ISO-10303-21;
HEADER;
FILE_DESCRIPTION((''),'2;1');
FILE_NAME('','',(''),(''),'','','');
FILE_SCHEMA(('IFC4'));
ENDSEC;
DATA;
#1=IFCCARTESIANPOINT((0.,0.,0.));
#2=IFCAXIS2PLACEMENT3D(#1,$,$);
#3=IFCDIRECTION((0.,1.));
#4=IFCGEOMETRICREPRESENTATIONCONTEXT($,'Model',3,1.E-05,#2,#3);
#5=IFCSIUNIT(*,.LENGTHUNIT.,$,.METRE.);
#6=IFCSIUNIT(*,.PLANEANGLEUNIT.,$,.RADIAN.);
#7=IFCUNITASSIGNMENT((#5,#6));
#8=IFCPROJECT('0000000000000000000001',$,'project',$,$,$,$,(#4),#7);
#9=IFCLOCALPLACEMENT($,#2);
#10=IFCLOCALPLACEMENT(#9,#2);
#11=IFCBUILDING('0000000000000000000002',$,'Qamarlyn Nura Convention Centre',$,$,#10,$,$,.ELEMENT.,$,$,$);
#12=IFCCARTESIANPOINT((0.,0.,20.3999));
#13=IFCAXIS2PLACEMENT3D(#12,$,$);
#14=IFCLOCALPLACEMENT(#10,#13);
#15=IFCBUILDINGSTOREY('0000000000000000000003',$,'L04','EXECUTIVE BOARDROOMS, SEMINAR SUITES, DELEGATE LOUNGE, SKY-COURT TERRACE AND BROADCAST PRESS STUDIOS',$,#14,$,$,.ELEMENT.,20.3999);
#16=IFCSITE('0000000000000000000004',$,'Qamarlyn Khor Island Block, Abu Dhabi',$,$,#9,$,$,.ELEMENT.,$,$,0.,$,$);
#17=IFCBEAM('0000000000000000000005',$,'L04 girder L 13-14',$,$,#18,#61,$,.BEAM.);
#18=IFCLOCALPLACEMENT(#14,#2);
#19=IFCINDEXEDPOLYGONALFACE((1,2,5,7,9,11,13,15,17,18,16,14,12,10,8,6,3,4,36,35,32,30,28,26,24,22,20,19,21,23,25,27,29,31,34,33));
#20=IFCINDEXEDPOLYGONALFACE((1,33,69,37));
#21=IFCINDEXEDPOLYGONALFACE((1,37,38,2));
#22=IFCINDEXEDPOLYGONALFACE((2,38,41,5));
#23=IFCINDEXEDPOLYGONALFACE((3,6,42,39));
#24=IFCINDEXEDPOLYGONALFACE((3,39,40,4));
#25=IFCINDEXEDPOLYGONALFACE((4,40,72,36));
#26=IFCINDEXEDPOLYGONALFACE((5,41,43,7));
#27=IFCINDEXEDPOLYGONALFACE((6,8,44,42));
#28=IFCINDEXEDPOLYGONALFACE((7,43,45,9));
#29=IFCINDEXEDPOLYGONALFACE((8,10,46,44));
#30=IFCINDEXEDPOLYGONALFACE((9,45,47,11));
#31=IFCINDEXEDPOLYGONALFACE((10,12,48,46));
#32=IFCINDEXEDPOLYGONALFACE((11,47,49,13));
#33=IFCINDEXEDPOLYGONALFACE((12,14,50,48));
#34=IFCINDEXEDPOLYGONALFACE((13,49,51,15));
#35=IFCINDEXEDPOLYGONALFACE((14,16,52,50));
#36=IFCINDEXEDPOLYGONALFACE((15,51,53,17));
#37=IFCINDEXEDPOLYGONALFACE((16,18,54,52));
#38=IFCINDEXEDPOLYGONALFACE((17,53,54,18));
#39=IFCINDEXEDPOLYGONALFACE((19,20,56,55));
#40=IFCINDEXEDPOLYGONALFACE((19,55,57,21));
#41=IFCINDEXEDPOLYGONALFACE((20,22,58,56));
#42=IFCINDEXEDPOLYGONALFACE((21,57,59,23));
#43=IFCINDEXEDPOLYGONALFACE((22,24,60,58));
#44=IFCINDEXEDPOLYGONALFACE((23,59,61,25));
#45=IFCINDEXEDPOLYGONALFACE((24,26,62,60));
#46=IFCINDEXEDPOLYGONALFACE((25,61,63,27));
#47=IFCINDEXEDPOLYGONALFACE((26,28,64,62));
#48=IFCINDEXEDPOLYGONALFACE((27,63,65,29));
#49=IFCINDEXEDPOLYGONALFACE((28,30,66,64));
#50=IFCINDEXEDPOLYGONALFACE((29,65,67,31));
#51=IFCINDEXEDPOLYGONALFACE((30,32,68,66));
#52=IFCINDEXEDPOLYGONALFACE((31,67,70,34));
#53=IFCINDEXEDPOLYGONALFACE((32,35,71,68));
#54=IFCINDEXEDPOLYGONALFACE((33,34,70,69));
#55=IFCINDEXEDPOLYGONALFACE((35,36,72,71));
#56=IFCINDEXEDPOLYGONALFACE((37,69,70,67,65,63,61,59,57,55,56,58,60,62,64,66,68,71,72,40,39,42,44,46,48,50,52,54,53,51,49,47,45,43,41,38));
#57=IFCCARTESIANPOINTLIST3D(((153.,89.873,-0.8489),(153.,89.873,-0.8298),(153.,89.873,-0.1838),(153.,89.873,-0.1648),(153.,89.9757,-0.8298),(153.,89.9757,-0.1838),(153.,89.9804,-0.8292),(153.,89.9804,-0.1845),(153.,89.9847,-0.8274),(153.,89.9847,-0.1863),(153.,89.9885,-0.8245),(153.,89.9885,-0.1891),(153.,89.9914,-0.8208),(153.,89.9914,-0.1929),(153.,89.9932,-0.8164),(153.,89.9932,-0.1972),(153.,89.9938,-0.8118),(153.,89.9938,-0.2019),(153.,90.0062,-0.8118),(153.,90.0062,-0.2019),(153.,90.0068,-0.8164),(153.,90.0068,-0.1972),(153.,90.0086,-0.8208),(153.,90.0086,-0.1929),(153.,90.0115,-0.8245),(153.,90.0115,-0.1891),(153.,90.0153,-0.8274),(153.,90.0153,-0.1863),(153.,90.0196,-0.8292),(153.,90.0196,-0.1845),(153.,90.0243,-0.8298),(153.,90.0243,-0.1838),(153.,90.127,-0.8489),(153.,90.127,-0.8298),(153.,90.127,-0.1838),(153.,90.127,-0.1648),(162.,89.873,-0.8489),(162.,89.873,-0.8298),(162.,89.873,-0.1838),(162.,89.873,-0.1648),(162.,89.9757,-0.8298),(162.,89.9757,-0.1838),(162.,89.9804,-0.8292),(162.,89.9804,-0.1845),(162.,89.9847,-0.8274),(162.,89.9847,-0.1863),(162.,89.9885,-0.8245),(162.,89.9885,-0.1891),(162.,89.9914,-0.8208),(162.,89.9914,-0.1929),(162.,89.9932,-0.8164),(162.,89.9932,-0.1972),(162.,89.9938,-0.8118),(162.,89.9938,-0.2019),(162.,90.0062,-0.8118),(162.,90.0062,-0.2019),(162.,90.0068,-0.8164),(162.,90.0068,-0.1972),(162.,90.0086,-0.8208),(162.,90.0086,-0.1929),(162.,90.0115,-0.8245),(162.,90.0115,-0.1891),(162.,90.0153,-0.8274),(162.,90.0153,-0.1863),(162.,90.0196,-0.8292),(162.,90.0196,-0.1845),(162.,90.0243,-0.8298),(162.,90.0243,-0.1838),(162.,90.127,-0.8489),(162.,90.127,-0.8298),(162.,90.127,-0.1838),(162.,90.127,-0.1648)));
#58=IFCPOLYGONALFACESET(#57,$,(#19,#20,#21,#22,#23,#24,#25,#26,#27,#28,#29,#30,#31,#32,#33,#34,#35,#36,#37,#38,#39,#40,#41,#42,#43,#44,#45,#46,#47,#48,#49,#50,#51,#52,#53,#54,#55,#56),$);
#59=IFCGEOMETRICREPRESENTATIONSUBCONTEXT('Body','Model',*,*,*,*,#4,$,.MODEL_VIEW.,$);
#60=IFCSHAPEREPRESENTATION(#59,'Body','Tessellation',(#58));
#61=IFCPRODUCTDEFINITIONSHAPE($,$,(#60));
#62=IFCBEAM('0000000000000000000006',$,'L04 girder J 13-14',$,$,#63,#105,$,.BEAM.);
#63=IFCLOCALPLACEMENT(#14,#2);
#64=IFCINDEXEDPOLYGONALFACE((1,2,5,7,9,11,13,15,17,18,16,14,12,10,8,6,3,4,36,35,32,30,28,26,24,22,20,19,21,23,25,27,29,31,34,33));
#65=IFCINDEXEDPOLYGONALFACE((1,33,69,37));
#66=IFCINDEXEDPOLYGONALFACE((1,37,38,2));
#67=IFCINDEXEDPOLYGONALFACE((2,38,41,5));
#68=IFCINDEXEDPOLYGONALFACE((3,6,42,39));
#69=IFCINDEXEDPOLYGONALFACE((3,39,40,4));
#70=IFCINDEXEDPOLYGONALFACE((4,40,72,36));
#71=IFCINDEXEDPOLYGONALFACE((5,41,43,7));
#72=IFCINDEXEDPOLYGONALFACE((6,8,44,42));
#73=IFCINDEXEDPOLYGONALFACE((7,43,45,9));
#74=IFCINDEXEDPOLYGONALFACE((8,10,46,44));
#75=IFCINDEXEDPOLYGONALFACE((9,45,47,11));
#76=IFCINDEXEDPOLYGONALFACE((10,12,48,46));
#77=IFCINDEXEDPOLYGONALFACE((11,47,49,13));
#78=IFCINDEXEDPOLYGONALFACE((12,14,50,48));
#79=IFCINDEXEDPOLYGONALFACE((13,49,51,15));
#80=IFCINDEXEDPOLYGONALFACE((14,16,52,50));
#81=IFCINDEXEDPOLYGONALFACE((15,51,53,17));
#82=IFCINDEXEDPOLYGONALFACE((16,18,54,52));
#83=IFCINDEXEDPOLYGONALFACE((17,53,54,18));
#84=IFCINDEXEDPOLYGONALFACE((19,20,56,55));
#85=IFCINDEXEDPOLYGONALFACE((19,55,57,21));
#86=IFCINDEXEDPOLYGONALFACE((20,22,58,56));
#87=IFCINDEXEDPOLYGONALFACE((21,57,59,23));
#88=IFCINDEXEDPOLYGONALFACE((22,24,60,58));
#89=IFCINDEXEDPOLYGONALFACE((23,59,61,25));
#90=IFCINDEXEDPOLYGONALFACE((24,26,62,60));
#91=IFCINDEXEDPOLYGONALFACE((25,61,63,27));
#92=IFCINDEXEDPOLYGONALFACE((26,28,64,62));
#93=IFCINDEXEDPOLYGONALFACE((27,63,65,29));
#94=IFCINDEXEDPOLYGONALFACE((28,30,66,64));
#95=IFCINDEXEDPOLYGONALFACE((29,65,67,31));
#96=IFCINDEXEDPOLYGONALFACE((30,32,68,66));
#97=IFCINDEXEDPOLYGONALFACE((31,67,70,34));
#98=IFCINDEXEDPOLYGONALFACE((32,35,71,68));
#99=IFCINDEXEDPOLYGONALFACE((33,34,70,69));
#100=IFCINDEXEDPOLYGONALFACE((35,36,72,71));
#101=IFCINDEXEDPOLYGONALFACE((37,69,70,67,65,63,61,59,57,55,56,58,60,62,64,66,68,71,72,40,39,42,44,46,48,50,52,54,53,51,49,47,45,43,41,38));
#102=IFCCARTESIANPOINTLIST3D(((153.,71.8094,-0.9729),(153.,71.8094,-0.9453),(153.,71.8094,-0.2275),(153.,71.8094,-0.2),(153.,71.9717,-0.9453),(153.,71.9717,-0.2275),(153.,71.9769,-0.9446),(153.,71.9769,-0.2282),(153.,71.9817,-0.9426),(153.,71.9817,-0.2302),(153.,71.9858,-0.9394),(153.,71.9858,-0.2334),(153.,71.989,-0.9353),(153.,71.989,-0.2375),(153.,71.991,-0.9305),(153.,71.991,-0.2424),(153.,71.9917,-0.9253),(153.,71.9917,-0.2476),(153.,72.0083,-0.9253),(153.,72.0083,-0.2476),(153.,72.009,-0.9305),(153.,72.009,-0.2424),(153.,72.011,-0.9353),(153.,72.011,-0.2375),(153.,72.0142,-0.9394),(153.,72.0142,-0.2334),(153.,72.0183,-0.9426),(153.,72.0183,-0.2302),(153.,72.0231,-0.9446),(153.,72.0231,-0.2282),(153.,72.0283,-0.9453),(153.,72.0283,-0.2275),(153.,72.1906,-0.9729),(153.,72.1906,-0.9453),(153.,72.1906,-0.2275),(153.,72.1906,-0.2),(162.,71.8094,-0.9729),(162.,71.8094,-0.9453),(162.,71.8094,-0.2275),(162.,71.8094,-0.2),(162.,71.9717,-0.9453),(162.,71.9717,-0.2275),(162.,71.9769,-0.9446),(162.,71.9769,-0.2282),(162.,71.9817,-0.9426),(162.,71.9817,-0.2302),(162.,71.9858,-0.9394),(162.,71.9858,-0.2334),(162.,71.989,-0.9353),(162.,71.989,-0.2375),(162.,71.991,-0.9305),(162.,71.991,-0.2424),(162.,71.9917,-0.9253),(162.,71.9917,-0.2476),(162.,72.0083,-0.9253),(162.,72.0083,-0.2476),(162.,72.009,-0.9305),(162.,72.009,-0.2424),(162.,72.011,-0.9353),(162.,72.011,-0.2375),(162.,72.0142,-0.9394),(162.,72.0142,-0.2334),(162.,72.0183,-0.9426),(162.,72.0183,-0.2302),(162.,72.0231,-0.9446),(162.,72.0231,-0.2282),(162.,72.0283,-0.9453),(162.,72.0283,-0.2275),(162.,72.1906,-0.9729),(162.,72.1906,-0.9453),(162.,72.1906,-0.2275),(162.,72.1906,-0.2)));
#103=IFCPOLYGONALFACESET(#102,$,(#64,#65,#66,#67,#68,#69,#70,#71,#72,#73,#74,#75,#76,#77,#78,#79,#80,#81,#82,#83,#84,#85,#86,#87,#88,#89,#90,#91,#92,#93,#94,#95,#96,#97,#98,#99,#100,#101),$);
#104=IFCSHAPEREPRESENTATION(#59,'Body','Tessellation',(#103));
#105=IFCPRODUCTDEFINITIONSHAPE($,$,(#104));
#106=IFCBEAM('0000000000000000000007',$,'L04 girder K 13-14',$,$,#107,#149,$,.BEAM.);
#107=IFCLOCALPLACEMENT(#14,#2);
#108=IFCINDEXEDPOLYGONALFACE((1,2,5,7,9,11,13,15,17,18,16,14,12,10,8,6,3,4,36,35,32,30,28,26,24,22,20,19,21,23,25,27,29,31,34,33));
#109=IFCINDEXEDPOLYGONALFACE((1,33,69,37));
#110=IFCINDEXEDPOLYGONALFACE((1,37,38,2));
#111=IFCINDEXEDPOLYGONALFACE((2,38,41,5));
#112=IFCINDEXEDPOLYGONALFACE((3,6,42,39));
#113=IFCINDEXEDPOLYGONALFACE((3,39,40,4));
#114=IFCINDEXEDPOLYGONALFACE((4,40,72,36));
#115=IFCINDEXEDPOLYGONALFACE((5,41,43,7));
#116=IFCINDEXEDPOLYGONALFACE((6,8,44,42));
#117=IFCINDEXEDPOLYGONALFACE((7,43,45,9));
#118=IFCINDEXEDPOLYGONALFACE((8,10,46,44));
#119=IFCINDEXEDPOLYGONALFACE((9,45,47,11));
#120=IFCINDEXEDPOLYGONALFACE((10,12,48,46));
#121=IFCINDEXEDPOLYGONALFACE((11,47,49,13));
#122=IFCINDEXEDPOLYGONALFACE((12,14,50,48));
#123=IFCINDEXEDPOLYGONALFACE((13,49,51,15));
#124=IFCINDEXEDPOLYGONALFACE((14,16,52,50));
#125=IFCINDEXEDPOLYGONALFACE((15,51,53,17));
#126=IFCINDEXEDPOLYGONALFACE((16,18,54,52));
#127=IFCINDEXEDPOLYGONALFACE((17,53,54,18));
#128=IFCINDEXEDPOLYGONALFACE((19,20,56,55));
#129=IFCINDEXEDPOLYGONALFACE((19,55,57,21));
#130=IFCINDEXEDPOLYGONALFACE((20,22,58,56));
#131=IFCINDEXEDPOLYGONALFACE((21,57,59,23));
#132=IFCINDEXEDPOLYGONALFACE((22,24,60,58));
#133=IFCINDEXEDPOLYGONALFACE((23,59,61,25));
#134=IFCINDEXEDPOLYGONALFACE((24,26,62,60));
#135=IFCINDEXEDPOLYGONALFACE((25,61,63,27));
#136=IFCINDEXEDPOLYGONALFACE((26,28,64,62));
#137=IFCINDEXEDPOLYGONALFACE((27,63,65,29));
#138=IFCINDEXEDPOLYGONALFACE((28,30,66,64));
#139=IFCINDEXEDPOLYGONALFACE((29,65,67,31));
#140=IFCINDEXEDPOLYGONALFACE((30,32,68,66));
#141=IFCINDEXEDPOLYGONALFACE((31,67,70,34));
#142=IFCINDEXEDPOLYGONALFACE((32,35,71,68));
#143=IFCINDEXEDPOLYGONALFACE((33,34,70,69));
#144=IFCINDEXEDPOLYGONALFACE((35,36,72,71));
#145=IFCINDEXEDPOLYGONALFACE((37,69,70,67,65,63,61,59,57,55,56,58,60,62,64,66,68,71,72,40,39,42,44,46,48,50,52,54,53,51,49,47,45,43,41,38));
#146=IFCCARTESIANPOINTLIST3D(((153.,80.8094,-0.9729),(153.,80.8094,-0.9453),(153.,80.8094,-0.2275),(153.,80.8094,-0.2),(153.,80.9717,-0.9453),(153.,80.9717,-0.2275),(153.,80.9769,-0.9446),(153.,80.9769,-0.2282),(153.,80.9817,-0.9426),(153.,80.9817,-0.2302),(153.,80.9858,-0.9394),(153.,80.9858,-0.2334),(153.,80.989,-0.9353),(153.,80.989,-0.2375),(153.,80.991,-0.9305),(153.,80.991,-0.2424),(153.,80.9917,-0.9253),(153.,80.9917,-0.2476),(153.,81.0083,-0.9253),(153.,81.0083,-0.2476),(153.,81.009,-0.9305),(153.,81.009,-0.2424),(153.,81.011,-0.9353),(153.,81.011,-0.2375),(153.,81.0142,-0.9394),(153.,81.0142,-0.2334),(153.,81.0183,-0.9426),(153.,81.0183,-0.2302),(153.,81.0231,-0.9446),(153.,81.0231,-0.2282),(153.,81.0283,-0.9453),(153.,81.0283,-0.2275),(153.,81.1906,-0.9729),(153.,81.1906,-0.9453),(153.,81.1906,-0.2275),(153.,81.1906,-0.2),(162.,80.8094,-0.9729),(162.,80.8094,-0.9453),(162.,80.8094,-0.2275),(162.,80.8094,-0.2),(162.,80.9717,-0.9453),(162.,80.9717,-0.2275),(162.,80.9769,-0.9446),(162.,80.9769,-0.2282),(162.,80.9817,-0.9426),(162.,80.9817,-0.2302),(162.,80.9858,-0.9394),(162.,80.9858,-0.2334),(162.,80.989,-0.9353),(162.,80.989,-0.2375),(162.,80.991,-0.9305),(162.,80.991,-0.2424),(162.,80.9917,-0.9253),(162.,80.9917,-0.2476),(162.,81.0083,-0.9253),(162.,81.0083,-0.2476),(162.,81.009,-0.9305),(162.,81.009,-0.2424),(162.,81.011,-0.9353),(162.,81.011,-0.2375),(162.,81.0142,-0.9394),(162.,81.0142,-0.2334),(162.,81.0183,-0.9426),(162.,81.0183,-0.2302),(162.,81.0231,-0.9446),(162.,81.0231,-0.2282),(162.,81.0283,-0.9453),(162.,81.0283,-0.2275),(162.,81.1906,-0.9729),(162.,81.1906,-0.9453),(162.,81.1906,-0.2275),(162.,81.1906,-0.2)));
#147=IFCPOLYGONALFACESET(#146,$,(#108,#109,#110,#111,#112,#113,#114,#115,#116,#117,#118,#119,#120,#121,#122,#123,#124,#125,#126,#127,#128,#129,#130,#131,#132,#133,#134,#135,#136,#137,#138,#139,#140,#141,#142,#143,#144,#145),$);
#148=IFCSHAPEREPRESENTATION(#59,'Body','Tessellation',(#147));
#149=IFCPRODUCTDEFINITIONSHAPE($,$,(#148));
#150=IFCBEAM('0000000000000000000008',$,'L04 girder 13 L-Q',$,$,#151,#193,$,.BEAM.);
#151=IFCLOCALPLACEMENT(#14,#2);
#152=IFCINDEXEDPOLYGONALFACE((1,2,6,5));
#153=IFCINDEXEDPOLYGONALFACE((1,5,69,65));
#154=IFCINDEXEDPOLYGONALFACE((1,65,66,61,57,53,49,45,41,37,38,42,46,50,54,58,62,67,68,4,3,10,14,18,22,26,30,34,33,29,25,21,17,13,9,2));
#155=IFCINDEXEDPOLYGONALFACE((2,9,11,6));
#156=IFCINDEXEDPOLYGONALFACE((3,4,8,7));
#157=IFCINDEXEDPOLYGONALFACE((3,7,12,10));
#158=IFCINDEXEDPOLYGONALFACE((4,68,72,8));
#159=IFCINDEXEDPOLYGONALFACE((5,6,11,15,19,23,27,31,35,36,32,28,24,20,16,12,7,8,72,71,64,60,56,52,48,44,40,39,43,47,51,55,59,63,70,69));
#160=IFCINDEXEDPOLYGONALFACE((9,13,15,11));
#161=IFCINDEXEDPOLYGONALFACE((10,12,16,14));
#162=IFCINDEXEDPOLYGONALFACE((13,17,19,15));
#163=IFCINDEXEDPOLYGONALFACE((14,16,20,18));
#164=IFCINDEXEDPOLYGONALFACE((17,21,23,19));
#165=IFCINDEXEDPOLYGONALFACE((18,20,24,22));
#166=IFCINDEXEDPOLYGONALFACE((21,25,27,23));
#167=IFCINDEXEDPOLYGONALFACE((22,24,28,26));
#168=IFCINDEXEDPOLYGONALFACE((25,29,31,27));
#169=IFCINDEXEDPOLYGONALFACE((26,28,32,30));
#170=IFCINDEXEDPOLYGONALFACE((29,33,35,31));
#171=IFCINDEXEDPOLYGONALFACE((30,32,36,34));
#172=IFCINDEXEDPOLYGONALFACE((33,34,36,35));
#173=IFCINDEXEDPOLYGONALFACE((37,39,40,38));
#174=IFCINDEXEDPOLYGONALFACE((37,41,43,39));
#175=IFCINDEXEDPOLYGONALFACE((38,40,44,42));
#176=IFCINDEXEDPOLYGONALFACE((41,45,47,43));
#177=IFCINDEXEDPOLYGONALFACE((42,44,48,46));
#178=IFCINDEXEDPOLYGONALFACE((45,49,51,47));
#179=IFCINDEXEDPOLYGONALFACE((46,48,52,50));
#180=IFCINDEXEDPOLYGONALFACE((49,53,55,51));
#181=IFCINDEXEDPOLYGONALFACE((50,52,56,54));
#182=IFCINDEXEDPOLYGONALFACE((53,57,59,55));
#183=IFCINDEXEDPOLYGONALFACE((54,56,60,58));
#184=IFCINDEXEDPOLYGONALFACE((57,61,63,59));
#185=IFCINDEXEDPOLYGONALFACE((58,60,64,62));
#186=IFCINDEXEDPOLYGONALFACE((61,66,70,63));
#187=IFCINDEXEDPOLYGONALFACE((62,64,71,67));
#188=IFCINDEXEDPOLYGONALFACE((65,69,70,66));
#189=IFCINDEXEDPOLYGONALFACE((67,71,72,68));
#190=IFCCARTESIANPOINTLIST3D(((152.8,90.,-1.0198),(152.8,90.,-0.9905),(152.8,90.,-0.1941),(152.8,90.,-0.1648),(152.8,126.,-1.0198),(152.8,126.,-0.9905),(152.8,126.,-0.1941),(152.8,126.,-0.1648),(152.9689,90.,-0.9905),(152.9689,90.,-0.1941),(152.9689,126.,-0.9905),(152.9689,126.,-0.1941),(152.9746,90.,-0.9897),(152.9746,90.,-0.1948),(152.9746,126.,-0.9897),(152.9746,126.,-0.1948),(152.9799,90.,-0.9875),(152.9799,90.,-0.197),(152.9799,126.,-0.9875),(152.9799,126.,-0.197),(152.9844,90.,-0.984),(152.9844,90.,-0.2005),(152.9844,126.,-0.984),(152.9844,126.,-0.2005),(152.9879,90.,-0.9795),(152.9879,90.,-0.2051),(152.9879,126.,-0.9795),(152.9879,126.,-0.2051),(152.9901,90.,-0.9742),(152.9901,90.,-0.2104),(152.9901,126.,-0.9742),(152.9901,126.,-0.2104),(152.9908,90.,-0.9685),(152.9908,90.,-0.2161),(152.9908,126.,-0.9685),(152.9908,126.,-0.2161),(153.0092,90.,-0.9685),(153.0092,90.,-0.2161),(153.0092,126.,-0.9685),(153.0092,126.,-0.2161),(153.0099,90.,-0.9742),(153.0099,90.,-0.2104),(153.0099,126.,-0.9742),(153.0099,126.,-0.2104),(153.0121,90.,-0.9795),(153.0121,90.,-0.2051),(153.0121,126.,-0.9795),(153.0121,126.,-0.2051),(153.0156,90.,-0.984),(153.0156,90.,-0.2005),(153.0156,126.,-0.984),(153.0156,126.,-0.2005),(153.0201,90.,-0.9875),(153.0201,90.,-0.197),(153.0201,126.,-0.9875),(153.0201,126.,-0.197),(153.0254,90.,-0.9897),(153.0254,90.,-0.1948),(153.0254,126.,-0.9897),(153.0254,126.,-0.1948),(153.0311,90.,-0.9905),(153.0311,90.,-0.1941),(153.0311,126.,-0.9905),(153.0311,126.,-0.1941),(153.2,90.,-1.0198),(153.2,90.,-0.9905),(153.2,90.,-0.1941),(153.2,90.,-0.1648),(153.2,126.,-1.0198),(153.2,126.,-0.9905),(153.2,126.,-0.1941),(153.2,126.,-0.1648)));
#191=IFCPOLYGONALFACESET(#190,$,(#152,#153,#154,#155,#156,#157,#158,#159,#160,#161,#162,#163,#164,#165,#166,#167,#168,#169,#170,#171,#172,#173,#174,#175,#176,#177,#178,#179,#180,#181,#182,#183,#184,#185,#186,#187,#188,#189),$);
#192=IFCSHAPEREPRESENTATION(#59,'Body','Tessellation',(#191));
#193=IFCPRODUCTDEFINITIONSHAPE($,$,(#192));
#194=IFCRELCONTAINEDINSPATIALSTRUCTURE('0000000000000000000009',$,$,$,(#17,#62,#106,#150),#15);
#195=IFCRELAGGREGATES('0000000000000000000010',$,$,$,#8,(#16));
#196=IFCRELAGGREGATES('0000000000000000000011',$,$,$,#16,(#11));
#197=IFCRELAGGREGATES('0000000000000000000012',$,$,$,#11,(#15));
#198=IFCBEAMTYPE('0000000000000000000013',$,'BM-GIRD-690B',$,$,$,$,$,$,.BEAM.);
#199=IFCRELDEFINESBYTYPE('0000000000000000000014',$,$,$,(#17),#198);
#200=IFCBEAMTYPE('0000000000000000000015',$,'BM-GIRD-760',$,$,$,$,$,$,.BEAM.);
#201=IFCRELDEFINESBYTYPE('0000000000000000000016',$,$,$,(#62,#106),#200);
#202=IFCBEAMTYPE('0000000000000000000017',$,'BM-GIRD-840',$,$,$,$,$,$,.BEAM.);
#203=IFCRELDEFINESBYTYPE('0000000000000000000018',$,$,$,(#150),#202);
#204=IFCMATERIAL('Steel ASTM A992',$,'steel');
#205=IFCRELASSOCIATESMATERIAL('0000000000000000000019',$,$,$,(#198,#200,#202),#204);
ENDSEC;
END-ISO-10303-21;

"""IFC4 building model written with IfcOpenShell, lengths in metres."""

from ifc_helpers import new_model, si_unit, direction, frame, origin, origin_2d, place, context, subcontext, project, spatial, i_section, extrude, material, material_profile, profile_set, type_object, element, save


model = new_model("IFC4")

# Units and contexts
model_context = context("Model", 3, precision=1e-05, world=origin(), true_north=direction((0.0, 1.0)))
body_context = subcontext(model_context, "Body", "Model", "MODEL_VIEW")
ifc_project = project(units=[si_unit("LENGTHUNIT", "METRE"), si_unit("PLANEANGLEUNIT", "RADIAN")], contexts=[model_context])

# Site, building, storey
site_placement = place(None, origin())
site = spatial("IfcSite", under=ifc_project, at=site_placement, Name="Qamarlyn Khor Island Block, Abu Dhabi", CompositionType="ELEMENT", RefElevation=0.0)
building_placement = place(site_placement, origin())
building = spatial("IfcBuilding", under=site, at=building_placement, Name="Qamarlyn Nura Convention Centre", CompositionType="ELEMENT")
storey_placement = place(building_placement, frame((0.0, 0.0, 20.3999)))
storey = spatial("IfcBuildingStorey", under=building, at=storey_placement, Name="L04", Description="EXECUTIVE BOARDROOMS, SEMINAR SUITES, DELEGATE LOUNGE, SKY-COURT TERRACE AND BROADCAST PRESS STUDIOS", CompositionType="ELEMENT", Elevation=20.3999)

# Shared definitions
ifc_material_1 = material(Name="Steel ASTM A992", Category="steel")

# Beams
ifc_material_profile_1 = material_profile(ifc_material_1, i_section(OverallWidth=0.2539, OverallDepth=0.6841, WebThickness=0.0125, FlangeThickness=0.019, FilletRadius=0.0181, at=origin_2d()), Name="W690X140")
ifc_profile_set_1 = profile_set([ifc_material_profile_1], Name="Steel ASTM A992")
beam_type_1 = type_object("IfcBeamType", Name="BM-GIRD-690B", PredefinedType="BEAM", material=ifc_profile_set_1)
beam_1_placement = place(storey_placement, frame((153.0, 90.0, -0.5068), z_axis=(1.0, 0.0, 0.0), x_axis=(0.0, 1.0, 0.0)))
element("IfcBeam", 1, at=beam_1_placement, inside=storey, type_object=beam_type_1, Name="L04 girder L 13-14", PredefinedType="BEAM", context=body_context, shape_type="SweptSolid", body=[
    extrude(i_section(OverallWidth=0.2539, OverallDepth=0.6841, WebThickness=0.0125, FlangeThickness=0.019, FilletRadius=0.0181, at=origin_2d()), origin(), (0.0, 0.0, 1.0), 9.0),
])
ifc_material_profile_2 = material_profile(ifc_material_1, i_section(OverallWidth=0.3811, OverallDepth=0.7729, WebThickness=0.0166, FlangeThickness=0.0276, FilletRadius=0.02, at=origin_2d()), Name="W760X257")
ifc_profile_set_2 = profile_set([ifc_material_profile_2], Name="Steel ASTM A992")
beam_type_2 = type_object("IfcBeamType", Name="BM-GIRD-760", PredefinedType="BEAM", material=ifc_profile_set_2)
for number, where, z_axis, x_axis, name in (
    (2, (153.0, 72.0, -0.5864), (1.0, 0.0, 0.0), (0.0, 1.0, 0.0), "L04 girder J 13-14"),
    (3, (153.0, 81.0, -0.5864), (1.0, 0.0, 0.0), (0.0, 1.0, 0.0), "L04 girder K 13-14"),
):
    element("IfcBeam", number, at=place(storey_placement, frame(where, z_axis=z_axis, x_axis=x_axis)), inside=storey, type_object=beam_type_2, Name=name, PredefinedType="BEAM", context=body_context, shape_type="SweptSolid", body=[
        extrude(i_section(OverallWidth=0.3811, OverallDepth=0.7729, WebThickness=0.0166, FlangeThickness=0.0276, FilletRadius=0.02, at=origin_2d()), origin(), (0.0, 0.0, 1.0), 9.0),
    ])
ifc_material_profile_3 = material_profile(ifc_material_1, i_section(OverallWidth=0.3999, OverallDepth=0.855, WebThickness=0.0183, FlangeThickness=0.0293, FilletRadius=0.022, at=origin_2d()), Name="W840X299")
ifc_profile_set_3 = profile_set([ifc_material_profile_3], Name="Steel ASTM A992")
beam_type_3 = type_object("IfcBeamType", Name="BM-GIRD-840", PredefinedType="BEAM", material=ifc_profile_set_3)
beam_2_placement = place(storey_placement, frame((153.0, 90.0, -0.5923), z_axis=(0.0, 1.0, 0.0), x_axis=(-1.0, 0.0, 0.0)))
element("IfcBeam", 4, at=beam_2_placement, inside=storey, type_object=beam_type_3, Name="L04 girder 13 L-Q", PredefinedType="BEAM", context=body_context, shape_type="SweptSolid", body=[
    extrude(i_section(OverallWidth=0.3999, OverallDepth=0.855, WebThickness=0.0183, FlangeThickness=0.0293, FilletRadius=0.022, at=origin_2d()), origin(), (0.0, 0.0, 1.0), 36.0),
])

save(model, "model.ifc")
